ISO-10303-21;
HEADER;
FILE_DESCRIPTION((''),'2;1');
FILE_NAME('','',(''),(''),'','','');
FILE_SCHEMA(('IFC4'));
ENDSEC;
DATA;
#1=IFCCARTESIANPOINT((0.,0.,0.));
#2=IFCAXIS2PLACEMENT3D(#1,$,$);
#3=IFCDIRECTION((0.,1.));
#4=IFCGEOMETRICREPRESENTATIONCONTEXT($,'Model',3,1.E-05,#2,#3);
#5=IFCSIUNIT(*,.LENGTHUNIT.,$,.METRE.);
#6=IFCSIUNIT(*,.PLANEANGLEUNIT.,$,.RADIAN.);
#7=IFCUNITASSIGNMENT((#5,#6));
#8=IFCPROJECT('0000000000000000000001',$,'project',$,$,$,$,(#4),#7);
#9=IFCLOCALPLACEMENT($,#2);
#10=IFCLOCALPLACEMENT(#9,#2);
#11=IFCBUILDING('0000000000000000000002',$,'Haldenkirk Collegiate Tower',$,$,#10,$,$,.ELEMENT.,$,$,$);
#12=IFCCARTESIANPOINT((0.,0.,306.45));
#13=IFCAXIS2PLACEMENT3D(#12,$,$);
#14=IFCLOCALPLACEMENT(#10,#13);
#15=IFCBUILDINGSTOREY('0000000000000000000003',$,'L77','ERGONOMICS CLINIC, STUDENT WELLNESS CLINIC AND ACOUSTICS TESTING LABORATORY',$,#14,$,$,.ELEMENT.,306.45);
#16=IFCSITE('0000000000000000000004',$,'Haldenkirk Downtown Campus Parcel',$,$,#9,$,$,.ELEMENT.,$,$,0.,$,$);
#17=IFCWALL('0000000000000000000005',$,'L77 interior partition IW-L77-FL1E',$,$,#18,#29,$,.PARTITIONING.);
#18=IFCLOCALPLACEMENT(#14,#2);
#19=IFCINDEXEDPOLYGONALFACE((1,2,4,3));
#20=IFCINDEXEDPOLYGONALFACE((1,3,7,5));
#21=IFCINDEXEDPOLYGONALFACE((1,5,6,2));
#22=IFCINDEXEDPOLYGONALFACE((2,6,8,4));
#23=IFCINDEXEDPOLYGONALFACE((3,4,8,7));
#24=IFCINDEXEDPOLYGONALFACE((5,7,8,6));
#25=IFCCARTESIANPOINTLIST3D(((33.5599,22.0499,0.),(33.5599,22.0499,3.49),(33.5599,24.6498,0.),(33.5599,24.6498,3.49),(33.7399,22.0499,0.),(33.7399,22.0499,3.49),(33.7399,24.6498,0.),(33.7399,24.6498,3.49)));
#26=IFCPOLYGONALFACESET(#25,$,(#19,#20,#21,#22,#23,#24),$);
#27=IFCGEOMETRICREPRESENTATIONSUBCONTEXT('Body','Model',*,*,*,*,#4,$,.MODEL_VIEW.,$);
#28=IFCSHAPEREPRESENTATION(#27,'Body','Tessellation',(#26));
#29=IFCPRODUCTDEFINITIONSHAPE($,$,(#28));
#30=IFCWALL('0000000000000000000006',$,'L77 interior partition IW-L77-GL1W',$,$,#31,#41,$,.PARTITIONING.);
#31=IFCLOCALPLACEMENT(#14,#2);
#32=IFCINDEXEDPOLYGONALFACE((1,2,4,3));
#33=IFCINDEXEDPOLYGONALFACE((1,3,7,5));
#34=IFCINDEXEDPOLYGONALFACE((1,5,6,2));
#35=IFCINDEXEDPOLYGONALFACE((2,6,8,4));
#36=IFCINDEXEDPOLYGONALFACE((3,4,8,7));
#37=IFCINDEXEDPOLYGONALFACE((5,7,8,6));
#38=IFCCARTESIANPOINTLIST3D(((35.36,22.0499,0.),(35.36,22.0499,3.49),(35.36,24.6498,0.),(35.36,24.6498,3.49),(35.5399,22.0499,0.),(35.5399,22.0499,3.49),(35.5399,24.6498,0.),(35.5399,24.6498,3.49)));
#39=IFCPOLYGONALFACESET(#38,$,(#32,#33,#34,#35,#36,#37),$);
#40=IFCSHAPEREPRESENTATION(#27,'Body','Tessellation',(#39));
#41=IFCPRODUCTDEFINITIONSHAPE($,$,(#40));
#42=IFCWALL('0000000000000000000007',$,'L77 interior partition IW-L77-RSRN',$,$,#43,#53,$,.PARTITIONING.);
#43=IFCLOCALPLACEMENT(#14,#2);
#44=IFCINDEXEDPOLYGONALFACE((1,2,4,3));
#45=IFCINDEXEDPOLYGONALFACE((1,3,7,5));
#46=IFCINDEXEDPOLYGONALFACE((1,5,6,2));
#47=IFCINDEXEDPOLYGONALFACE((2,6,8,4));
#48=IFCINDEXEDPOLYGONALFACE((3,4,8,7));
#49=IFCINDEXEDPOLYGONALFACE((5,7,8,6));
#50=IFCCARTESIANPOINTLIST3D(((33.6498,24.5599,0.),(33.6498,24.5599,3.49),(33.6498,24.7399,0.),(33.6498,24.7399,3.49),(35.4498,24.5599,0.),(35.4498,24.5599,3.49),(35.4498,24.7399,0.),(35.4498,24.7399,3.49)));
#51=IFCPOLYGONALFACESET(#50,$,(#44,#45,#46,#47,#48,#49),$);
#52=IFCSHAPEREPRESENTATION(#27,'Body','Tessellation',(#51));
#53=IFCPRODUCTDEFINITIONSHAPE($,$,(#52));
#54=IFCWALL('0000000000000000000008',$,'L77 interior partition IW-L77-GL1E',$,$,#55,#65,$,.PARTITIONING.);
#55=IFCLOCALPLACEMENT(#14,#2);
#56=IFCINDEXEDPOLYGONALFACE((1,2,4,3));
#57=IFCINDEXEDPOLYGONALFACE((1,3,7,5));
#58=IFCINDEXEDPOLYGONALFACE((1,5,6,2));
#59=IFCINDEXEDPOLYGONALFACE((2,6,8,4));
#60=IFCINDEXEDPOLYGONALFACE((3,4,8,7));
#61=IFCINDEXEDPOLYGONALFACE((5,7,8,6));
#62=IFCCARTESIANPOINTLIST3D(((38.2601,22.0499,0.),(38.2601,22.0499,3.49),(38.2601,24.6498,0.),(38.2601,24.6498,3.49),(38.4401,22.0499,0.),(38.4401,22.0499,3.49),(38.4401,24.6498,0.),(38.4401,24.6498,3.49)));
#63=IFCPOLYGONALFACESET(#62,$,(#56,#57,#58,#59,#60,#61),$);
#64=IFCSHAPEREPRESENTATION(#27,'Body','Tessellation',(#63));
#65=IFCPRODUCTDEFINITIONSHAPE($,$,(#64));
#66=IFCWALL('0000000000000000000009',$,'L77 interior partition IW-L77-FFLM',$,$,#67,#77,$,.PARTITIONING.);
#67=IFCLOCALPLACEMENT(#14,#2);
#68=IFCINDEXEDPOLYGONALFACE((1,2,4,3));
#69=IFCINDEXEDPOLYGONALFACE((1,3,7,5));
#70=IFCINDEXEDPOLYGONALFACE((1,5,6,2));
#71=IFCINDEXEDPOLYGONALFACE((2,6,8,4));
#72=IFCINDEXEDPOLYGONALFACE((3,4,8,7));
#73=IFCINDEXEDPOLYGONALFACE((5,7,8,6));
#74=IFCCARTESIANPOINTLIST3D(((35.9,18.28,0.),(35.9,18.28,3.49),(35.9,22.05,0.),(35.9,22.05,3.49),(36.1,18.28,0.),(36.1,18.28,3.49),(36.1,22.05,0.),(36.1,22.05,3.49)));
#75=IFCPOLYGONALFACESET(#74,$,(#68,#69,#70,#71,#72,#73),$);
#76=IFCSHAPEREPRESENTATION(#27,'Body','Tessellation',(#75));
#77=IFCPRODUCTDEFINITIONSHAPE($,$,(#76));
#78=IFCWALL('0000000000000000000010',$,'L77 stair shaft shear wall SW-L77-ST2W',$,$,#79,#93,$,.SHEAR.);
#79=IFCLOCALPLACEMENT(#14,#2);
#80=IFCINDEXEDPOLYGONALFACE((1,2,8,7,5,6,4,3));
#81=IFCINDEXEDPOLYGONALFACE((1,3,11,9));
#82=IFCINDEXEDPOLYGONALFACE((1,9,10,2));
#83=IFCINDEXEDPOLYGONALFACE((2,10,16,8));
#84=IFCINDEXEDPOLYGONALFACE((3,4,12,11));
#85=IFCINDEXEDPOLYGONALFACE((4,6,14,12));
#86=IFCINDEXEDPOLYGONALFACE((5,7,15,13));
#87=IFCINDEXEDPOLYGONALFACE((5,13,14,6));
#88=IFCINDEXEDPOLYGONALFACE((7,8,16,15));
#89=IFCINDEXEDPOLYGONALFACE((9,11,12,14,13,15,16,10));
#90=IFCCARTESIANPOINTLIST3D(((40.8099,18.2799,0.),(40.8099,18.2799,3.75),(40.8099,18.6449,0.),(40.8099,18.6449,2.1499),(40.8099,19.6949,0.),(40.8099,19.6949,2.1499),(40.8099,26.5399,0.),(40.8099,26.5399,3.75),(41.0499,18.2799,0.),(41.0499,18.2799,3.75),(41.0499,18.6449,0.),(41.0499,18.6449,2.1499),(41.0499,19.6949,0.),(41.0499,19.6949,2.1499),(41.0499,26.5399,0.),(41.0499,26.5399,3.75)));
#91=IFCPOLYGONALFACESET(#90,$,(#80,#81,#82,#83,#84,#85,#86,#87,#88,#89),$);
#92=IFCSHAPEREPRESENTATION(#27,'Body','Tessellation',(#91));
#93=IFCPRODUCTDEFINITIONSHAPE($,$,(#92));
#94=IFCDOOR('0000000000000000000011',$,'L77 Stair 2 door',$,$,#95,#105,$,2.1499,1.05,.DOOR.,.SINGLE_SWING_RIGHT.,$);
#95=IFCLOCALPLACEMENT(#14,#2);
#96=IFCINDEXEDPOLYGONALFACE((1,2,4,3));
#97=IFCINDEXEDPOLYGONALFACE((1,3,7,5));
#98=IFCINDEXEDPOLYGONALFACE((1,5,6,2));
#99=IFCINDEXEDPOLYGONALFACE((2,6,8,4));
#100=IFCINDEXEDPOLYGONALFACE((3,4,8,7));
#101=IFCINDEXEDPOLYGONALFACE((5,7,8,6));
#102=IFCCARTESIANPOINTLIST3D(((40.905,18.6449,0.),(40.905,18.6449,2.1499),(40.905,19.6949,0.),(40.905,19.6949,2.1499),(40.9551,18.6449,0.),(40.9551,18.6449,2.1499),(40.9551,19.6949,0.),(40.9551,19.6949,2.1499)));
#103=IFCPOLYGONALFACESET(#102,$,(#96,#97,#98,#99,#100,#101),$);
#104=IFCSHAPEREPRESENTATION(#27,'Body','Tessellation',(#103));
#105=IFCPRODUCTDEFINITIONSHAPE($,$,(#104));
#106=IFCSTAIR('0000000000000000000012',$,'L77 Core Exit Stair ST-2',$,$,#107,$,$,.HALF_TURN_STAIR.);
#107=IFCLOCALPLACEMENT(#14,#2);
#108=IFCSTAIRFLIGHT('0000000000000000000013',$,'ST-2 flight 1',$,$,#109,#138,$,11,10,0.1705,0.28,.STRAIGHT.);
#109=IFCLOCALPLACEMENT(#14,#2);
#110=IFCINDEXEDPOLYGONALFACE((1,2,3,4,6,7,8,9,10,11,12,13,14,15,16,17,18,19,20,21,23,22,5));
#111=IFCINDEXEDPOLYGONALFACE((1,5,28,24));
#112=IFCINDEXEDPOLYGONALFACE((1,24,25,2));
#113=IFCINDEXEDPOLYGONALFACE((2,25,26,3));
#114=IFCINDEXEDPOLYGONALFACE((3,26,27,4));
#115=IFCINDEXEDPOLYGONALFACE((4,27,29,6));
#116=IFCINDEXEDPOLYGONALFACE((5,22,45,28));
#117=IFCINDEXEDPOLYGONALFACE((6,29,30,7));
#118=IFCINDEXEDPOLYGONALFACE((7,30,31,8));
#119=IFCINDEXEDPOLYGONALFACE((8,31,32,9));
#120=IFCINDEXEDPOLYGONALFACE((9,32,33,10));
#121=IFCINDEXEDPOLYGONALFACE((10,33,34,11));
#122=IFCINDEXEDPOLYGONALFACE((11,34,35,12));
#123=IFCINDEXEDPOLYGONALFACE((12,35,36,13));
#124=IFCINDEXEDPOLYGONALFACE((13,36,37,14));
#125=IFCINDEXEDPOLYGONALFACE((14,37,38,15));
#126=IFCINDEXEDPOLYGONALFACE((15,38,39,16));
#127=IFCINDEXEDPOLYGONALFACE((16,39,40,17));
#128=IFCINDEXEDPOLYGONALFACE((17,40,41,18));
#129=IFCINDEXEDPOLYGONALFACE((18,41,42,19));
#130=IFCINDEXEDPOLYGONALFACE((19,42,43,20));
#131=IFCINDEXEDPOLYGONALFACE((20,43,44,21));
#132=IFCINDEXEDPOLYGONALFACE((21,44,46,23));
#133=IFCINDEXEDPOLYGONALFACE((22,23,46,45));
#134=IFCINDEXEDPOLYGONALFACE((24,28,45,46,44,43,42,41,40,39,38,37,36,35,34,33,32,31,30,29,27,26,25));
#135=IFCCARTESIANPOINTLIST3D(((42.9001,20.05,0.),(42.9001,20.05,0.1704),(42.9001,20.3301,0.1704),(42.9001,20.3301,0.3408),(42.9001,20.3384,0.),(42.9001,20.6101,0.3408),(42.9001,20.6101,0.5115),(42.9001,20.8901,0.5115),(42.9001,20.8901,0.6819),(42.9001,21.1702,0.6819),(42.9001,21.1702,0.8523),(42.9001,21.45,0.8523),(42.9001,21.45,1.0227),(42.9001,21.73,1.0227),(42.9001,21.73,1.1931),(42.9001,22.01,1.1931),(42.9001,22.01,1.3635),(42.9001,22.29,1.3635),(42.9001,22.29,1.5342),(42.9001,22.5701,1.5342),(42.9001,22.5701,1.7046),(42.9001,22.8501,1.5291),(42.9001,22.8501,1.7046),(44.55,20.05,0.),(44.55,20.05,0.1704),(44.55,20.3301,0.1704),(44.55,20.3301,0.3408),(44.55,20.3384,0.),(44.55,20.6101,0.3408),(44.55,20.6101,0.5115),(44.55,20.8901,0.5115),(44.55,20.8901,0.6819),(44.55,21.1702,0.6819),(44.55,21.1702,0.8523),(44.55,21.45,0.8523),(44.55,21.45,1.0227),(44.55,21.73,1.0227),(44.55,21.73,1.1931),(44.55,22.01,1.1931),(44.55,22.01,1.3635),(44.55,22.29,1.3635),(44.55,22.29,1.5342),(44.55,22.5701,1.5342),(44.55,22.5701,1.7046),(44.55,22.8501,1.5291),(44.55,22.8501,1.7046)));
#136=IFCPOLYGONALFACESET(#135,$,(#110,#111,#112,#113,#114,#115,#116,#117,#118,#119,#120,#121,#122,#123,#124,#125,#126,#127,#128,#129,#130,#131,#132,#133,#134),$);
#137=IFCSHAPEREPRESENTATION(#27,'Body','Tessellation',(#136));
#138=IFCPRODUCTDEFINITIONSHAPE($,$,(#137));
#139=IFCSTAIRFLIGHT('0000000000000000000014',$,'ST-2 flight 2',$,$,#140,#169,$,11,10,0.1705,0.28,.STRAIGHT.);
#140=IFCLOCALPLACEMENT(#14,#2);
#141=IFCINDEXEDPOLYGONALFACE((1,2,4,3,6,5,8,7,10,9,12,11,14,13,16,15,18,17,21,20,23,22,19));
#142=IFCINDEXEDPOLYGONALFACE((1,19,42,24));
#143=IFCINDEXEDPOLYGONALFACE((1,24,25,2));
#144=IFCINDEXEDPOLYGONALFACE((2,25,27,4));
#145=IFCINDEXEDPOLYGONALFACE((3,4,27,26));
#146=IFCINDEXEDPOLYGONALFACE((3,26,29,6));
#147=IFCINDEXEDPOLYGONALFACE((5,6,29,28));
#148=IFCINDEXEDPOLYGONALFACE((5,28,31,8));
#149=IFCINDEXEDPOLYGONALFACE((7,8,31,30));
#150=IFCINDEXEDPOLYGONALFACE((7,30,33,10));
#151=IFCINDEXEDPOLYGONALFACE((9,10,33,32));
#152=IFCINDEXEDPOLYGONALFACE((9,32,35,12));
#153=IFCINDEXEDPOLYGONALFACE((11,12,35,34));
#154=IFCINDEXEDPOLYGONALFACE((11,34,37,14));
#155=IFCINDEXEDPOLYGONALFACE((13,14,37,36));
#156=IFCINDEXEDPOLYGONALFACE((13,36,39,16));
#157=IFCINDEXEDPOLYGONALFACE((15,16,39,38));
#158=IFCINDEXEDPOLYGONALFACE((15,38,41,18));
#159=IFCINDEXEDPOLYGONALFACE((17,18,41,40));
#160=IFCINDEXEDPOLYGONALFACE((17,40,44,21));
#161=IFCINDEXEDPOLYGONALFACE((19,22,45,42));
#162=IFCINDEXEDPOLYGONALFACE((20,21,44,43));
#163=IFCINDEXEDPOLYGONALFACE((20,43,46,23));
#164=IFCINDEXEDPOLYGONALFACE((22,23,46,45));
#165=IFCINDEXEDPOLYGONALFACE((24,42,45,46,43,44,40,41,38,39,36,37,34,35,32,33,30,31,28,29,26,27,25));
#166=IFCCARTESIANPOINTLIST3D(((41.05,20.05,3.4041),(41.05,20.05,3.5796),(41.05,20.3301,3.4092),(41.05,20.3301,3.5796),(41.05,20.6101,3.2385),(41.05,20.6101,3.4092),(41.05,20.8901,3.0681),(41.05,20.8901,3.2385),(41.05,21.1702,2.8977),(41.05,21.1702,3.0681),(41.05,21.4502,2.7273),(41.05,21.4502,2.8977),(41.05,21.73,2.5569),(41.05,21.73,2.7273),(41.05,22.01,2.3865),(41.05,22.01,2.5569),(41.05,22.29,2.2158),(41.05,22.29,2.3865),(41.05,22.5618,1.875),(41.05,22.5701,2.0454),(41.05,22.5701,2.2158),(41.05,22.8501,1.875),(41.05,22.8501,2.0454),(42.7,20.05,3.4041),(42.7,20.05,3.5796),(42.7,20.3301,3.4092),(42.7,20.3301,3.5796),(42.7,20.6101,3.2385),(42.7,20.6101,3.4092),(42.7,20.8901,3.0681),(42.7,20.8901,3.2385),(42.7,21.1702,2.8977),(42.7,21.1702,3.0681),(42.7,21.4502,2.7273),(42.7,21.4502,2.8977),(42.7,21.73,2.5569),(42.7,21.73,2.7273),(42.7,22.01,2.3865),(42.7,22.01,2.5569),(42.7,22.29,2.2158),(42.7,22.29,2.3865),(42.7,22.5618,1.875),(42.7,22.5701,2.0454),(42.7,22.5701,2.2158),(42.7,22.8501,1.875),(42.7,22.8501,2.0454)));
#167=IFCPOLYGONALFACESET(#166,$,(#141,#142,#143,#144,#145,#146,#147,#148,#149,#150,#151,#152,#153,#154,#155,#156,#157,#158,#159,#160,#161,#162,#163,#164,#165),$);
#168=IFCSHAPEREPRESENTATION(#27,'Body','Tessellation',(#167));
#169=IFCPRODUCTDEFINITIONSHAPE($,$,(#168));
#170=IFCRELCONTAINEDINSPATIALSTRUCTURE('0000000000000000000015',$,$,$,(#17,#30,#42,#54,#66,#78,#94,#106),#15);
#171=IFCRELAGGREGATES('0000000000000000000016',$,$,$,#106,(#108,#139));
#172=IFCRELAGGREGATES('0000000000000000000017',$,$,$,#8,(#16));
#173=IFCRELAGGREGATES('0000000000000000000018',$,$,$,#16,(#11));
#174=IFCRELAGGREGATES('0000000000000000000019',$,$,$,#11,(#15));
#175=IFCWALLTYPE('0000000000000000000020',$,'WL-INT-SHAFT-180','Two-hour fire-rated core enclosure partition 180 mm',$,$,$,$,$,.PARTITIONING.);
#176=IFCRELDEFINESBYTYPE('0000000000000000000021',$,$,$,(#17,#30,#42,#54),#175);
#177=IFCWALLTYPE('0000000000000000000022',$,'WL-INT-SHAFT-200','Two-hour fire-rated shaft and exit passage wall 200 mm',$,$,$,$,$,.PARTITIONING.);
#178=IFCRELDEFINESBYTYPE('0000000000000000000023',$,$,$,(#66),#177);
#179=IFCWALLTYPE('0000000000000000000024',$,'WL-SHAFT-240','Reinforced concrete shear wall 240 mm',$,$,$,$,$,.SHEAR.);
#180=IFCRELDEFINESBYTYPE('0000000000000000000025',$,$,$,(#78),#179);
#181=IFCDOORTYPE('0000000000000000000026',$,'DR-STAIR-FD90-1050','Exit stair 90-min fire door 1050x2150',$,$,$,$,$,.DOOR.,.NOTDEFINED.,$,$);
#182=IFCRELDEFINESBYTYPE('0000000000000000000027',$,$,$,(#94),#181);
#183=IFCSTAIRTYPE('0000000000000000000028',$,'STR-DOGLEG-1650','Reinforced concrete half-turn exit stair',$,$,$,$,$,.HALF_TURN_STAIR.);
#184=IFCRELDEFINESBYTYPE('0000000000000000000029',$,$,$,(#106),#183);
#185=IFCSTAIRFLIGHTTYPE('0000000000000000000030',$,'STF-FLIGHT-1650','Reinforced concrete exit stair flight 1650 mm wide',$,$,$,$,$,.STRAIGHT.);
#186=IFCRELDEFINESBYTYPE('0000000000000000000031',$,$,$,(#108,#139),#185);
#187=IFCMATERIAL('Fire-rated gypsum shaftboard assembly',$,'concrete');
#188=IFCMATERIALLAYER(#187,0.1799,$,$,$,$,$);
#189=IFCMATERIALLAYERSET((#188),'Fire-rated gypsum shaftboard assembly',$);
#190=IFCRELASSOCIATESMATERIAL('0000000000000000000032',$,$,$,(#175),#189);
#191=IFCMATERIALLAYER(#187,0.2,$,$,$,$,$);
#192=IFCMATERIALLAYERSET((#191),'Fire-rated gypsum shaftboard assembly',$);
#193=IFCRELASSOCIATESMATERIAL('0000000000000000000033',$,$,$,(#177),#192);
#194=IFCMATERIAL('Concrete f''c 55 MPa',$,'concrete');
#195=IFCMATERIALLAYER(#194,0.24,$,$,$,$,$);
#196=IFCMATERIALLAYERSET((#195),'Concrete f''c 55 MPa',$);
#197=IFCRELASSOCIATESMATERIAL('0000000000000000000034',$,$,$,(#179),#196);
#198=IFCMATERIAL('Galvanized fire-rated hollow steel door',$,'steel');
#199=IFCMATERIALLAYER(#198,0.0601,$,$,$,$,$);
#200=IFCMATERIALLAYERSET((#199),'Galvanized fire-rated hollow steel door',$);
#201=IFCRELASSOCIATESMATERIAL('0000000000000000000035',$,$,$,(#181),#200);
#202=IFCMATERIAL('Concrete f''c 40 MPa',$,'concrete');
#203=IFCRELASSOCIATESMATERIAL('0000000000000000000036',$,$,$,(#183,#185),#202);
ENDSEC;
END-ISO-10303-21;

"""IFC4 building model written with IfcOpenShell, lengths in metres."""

from ifc_helpers import new_model, si_unit, direction, frame, frame_2d, origin, place, context, subcontext, project, spatial, polyline, rectangle, outline, extrude, material, layer, layer_set, type_object, element, fill, aggregate, save


model = new_model("IFC4")

# Units and contexts
model_context = context("Model", 3, precision=1e-05, world=origin(), true_north=direction((0.0, 1.0)))
body_context = subcontext(model_context, "Body", "Model", "MODEL_VIEW")
ifc_project = project(units=[si_unit("LENGTHUNIT", "METRE"), si_unit("PLANEANGLEUNIT", "RADIAN")], contexts=[model_context])

# Site, building, storey
site_placement = place(None, origin())
site = spatial("IfcSite", under=ifc_project, at=site_placement, Name="Haldenkirk Downtown Campus Parcel", CompositionType="ELEMENT", RefElevation=0.0)
building_placement = place(site_placement, origin())
building = spatial("IfcBuilding", under=site, at=building_placement, Name="Haldenkirk Collegiate Tower", CompositionType="ELEMENT")
storey_placement = place(building_placement, frame((0.0, 0.0, 306.45)))
storey = spatial("IfcBuildingStorey", under=building, at=storey_placement, Name="L77", Description="ERGONOMICS CLINIC, STUDENT WELLNESS CLINIC AND ACOUSTICS TESTING LABORATORY", CompositionType="ELEMENT", Elevation=306.45)

# Walls
ifc_material_1 = material(Name="Fire-rated gypsum shaftboard assembly", Category="concrete")
ifc_layer_1 = layer(ifc_material_1, 0.1799)
ifc_layer_set_1 = layer_set([ifc_layer_1], Name="Fire-rated gypsum shaftboard assembly")
wall_type_1 = type_object("IfcWallType", Name="WL-INT-SHAFT-180", Description="Two-hour fire-rated core enclosure partition 180 mm", PredefinedType="PARTITIONING", material=ifc_layer_set_1)
for number, where, z_axis, x_axis, name in (
    (1, (33.6499, 22.05, 0.0), (0.0, 0.0, 1.0), (0.0, 1.0, 0.0), "L77 interior partition IW-L77-FL1E"),
    (2, (35.45, 22.05, 0.0), (0.0, 0.0, 1.0), (0.0, 1.0, 0.0), "L77 interior partition IW-L77-GL1W"),
):
    element("IfcWall", number, at=place(storey_placement, frame(where, z_axis=z_axis, x_axis=x_axis)), inside=storey, type_object=wall_type_1, Name=name, PredefinedType="PARTITIONING", context=body_context, shape_type="SweptSolid", body=[
        extrude(rectangle(XDim=2.5999, YDim=0.1799, at=frame_2d((1.2998, 0.0))), origin(), (0.0, 0.0, 1.0), 3.49),
    ])
wall_1_placement = place(storey_placement, frame((33.6499, 24.6499, 0.0), z_axis=(0.0, 0.0, 1.0), x_axis=(1.0, 0.0, 0.0)))
element("IfcWall", 3, at=wall_1_placement, inside=storey, type_object=wall_type_1, Name="L77 interior partition IW-L77-RSRN", PredefinedType="PARTITIONING", context=body_context, shape_type="SweptSolid", body=[
    extrude(rectangle(XDim=1.8, YDim=0.1799, at=frame_2d((0.8999, 0.0))), origin(), (0.0, 0.0, 1.0), 3.49),
])
wall_2_placement = place(storey_placement, frame((38.3501, 22.05, 0.0), z_axis=(0.0, 0.0, 1.0), x_axis=(0.0, 1.0, 0.0)))
element("IfcWall", 4, at=wall_2_placement, inside=storey, type_object=wall_type_1, Name="L77 interior partition IW-L77-GL1E", PredefinedType="PARTITIONING", context=body_context, shape_type="SweptSolid", body=[
    extrude(rectangle(XDim=2.5999, YDim=0.1799, at=frame_2d((1.2998, 0.0))), origin(), (0.0, 0.0, 1.0), 3.49),
])
ifc_layer_2 = layer(ifc_material_1, 0.2)
ifc_layer_set_2 = layer_set([ifc_layer_2], Name="Fire-rated gypsum shaftboard assembly")
wall_type_2 = type_object("IfcWallType", Name="WL-INT-SHAFT-200", Description="Two-hour fire-rated shaft and exit passage wall 200 mm", PredefinedType="PARTITIONING", material=ifc_layer_set_2)
wall_3_placement = place(storey_placement, frame((36.0, 18.28, 0.0), z_axis=(0.0, 0.0, 1.0), x_axis=(0.0, 1.0, 0.0)))
element("IfcWall", 5, at=wall_3_placement, inside=storey, type_object=wall_type_2, Name="L77 interior partition IW-L77-FFLM", PredefinedType="PARTITIONING", context=body_context, shape_type="SweptSolid", body=[
    extrude(rectangle(XDim=3.77, YDim=0.2, at=frame_2d((1.885, 0.0))), origin(), (0.0, 0.0, 1.0), 3.49),
])

# Wall, opening, door
ifc_material_2 = material(Name="Concrete f'c 55 MPa", Category="concrete")
ifc_layer_3 = layer(ifc_material_2, 0.24)
ifc_layer_set_3 = layer_set([ifc_layer_3], Name="Concrete f'c 55 MPa")
wall_type_3 = type_object("IfcWallType", Name="WL-SHAFT-240", Description="Reinforced concrete shear wall 240 mm", PredefinedType="SHEAR", material=ifc_layer_set_3)
wall_4_placement = place(storey_placement, frame((40.9299, 18.28, 0.0), z_axis=(0.0, 0.0, 1.0), x_axis=(0.0, 1.0, 0.0)))
wall_4 = element("IfcWall", 6, at=wall_4_placement, inside=storey, type_object=wall_type_3, Name="L77 stair shaft shear wall SW-L77-ST2W", PredefinedType="SHEAR", context=body_context, shape_type="SweptSolid", body=[
    extrude(rectangle(XDim=8.26, YDim=0.24, at=frame_2d((4.1299, 0.0))), origin(), (0.0, 0.0, 1.0), 3.75),
])
opening_1_placement = place(wall_4_placement, frame((0.365, 0.0, 0.0)))
opening_1 = element("IfcOpeningElement", 7, at=opening_1_placement, cuts=wall_4, PredefinedType="OPENING", context=body_context, shape_type="SweptSolid", body=[
    extrude(rectangle(XDim=1.05, YDim=2.1499, at=frame_2d((0.5249, 1.075))), frame((0.0, 0.1299, 0.0), z_axis=(0.0, -1.0, 0.0), x_axis=(1.0, 0.0, 0.0)), (0.0, 0.0, 1.0), 0.26),
])
ifc_material_3 = material(Name="Galvanized fire-rated hollow steel door", Category="steel")
ifc_layer_4 = layer(ifc_material_3, 0.0601)
ifc_layer_set_4 = layer_set([ifc_layer_4], Name="Galvanized fire-rated hollow steel door")
door_type_1 = type_object("IfcDoorType", Name="DR-STAIR-FD90-1050", Description="Exit stair 90-min fire door 1050x2150", OperationType="NOTDEFINED", PredefinedType="DOOR", material=ifc_layer_set_4)
door_1_placement = place(opening_1_placement, origin())
door_1 = element("IfcDoor", 8, at=door_1_placement, inside=storey, type_object=door_type_1, Name="L77 Stair 2 door", OperationType="SINGLE_SWING_RIGHT", OverallHeight=2.1499, OverallWidth=1.05, PredefinedType="DOOR", context=body_context, shape_type="SweptSolid", body=[
    extrude(rectangle(XDim=1.05, YDim=2.1499, at=frame_2d((0.5249, 1.075))), frame((0.0, 0.0249, 0.0), z_axis=(0.0, -1.0, 0.0), x_axis=(1.0, 0.0, 0.0)), (0.0, 0.0, 1.0), 0.05),
])
fill(opening_1, door_1)

# Stair, stair flights
ifc_material_4 = material(Name="Concrete f'c 40 MPa", Category="concrete")
stair_type = type_object("IfcStairType", Name="STR-DOGLEG-1650", Description="Reinforced concrete half-turn exit stair", PredefinedType="HALF_TURN_STAIR", material=ifc_material_4)
stair_placement = place(storey_placement, origin())
stair = element("IfcStair", 9, at=stair_placement, inside=storey, type_object=stair_type, Name="L77 Core Exit Stair ST-2", PredefinedType="HALF_TURN_STAIR")
stair_flight_type = type_object("IfcStairFlightType", Name="STF-FLIGHT-1650", Description="Reinforced concrete exit stair flight 1650 mm wide", PredefinedType="STRAIGHT", material=ifc_material_4)
stair_flight_1_placement = place(storey_placement, frame((43.7251, 20.05, 0.0), z_axis=(0.0, 0.0, 1.0), x_axis=(0.0, 1.0, 0.0)))
stair_flight_1 = element("IfcStairFlight", 10, at=stair_flight_1_placement, type_object=stair_flight_type, Name="ST-2 flight 1", NumberOfRisers=11, NumberOfTreads=10, PredefinedType="STRAIGHT", RiserHeight=0.1705, TreadLength=0.28, context=body_context, shape_type="SweptSolid", body=[
    extrude(outline(polyline([(0.0, 0.0), (0.0, 0.1704), (0.28, 0.1704), (0.28, 0.3408), (0.5601, 0.3408), (0.5601, 0.5115), (0.8401, 0.5115), (0.8401, 0.6819), (1.1201, 0.6819), (1.1201, 0.8523), (1.3999, 0.8523), (1.3999, 1.0227), (1.6799, 1.0227), (1.6799, 1.1931), (1.96, 1.1931), (1.96, 1.3635), (2.24, 1.3635), (2.24, 1.5342), (2.52, 1.5342), (2.52, 1.7046), (2.8, 1.7046), (2.8, 1.875), (2.8, 1.5291), (0.2883, 0.0), (0.0, 0.0)])), frame((0.0, 0.825, 0.0), z_axis=(0.0, -1.0, 0.0), x_axis=(1.0, 0.0, 0.0)), (0.0, 0.0, 1.0), 1.6499),
])
stair_flight_2_placement = place(storey_placement, frame((41.875, 22.8501, 1.875), z_axis=(0.0, 0.0, 1.0), x_axis=(0.0, -1.0, 0.0)))
stair_flight_2 = element("IfcStairFlight", 11, at=stair_flight_2_placement, type_object=stair_flight_type, Name="ST-2 flight 2", NumberOfRisers=11, NumberOfTreads=10, PredefinedType="STRAIGHT", RiserHeight=0.1705, TreadLength=0.28, context=body_context, shape_type="SweptSolid", body=[
    extrude(outline(polyline([(0.0, 0.0), (0.0, 0.1704), (0.28, 0.1704), (0.28, 0.3408), (0.5601, 0.3408), (0.5601, 0.5115), (0.8401, 0.5115), (0.8401, 0.6819), (1.1201, 0.6819), (1.1201, 0.8523), (1.3999, 0.8523), (1.3999, 1.0227), (1.6799, 1.0227), (1.6799, 1.1931), (1.96, 1.1931), (1.96, 1.3635), (2.24, 1.3635), (2.24, 1.5342), (2.52, 1.5342), (2.52, 1.7046), (2.8, 1.7046), (2.8, 1.875), (2.8, 1.5291), (0.2883, 0.0), (0.0, 0.0)])), frame((0.0, 0.825, 0.0), z_axis=(0.0, -1.0, 0.0), x_axis=(1.0, 0.0, 0.0)), (0.0, 0.0, 1.0), 1.6499),
])
aggregate(stair, [stair_flight_1, stair_flight_2])

save(model, "model.ifc")
